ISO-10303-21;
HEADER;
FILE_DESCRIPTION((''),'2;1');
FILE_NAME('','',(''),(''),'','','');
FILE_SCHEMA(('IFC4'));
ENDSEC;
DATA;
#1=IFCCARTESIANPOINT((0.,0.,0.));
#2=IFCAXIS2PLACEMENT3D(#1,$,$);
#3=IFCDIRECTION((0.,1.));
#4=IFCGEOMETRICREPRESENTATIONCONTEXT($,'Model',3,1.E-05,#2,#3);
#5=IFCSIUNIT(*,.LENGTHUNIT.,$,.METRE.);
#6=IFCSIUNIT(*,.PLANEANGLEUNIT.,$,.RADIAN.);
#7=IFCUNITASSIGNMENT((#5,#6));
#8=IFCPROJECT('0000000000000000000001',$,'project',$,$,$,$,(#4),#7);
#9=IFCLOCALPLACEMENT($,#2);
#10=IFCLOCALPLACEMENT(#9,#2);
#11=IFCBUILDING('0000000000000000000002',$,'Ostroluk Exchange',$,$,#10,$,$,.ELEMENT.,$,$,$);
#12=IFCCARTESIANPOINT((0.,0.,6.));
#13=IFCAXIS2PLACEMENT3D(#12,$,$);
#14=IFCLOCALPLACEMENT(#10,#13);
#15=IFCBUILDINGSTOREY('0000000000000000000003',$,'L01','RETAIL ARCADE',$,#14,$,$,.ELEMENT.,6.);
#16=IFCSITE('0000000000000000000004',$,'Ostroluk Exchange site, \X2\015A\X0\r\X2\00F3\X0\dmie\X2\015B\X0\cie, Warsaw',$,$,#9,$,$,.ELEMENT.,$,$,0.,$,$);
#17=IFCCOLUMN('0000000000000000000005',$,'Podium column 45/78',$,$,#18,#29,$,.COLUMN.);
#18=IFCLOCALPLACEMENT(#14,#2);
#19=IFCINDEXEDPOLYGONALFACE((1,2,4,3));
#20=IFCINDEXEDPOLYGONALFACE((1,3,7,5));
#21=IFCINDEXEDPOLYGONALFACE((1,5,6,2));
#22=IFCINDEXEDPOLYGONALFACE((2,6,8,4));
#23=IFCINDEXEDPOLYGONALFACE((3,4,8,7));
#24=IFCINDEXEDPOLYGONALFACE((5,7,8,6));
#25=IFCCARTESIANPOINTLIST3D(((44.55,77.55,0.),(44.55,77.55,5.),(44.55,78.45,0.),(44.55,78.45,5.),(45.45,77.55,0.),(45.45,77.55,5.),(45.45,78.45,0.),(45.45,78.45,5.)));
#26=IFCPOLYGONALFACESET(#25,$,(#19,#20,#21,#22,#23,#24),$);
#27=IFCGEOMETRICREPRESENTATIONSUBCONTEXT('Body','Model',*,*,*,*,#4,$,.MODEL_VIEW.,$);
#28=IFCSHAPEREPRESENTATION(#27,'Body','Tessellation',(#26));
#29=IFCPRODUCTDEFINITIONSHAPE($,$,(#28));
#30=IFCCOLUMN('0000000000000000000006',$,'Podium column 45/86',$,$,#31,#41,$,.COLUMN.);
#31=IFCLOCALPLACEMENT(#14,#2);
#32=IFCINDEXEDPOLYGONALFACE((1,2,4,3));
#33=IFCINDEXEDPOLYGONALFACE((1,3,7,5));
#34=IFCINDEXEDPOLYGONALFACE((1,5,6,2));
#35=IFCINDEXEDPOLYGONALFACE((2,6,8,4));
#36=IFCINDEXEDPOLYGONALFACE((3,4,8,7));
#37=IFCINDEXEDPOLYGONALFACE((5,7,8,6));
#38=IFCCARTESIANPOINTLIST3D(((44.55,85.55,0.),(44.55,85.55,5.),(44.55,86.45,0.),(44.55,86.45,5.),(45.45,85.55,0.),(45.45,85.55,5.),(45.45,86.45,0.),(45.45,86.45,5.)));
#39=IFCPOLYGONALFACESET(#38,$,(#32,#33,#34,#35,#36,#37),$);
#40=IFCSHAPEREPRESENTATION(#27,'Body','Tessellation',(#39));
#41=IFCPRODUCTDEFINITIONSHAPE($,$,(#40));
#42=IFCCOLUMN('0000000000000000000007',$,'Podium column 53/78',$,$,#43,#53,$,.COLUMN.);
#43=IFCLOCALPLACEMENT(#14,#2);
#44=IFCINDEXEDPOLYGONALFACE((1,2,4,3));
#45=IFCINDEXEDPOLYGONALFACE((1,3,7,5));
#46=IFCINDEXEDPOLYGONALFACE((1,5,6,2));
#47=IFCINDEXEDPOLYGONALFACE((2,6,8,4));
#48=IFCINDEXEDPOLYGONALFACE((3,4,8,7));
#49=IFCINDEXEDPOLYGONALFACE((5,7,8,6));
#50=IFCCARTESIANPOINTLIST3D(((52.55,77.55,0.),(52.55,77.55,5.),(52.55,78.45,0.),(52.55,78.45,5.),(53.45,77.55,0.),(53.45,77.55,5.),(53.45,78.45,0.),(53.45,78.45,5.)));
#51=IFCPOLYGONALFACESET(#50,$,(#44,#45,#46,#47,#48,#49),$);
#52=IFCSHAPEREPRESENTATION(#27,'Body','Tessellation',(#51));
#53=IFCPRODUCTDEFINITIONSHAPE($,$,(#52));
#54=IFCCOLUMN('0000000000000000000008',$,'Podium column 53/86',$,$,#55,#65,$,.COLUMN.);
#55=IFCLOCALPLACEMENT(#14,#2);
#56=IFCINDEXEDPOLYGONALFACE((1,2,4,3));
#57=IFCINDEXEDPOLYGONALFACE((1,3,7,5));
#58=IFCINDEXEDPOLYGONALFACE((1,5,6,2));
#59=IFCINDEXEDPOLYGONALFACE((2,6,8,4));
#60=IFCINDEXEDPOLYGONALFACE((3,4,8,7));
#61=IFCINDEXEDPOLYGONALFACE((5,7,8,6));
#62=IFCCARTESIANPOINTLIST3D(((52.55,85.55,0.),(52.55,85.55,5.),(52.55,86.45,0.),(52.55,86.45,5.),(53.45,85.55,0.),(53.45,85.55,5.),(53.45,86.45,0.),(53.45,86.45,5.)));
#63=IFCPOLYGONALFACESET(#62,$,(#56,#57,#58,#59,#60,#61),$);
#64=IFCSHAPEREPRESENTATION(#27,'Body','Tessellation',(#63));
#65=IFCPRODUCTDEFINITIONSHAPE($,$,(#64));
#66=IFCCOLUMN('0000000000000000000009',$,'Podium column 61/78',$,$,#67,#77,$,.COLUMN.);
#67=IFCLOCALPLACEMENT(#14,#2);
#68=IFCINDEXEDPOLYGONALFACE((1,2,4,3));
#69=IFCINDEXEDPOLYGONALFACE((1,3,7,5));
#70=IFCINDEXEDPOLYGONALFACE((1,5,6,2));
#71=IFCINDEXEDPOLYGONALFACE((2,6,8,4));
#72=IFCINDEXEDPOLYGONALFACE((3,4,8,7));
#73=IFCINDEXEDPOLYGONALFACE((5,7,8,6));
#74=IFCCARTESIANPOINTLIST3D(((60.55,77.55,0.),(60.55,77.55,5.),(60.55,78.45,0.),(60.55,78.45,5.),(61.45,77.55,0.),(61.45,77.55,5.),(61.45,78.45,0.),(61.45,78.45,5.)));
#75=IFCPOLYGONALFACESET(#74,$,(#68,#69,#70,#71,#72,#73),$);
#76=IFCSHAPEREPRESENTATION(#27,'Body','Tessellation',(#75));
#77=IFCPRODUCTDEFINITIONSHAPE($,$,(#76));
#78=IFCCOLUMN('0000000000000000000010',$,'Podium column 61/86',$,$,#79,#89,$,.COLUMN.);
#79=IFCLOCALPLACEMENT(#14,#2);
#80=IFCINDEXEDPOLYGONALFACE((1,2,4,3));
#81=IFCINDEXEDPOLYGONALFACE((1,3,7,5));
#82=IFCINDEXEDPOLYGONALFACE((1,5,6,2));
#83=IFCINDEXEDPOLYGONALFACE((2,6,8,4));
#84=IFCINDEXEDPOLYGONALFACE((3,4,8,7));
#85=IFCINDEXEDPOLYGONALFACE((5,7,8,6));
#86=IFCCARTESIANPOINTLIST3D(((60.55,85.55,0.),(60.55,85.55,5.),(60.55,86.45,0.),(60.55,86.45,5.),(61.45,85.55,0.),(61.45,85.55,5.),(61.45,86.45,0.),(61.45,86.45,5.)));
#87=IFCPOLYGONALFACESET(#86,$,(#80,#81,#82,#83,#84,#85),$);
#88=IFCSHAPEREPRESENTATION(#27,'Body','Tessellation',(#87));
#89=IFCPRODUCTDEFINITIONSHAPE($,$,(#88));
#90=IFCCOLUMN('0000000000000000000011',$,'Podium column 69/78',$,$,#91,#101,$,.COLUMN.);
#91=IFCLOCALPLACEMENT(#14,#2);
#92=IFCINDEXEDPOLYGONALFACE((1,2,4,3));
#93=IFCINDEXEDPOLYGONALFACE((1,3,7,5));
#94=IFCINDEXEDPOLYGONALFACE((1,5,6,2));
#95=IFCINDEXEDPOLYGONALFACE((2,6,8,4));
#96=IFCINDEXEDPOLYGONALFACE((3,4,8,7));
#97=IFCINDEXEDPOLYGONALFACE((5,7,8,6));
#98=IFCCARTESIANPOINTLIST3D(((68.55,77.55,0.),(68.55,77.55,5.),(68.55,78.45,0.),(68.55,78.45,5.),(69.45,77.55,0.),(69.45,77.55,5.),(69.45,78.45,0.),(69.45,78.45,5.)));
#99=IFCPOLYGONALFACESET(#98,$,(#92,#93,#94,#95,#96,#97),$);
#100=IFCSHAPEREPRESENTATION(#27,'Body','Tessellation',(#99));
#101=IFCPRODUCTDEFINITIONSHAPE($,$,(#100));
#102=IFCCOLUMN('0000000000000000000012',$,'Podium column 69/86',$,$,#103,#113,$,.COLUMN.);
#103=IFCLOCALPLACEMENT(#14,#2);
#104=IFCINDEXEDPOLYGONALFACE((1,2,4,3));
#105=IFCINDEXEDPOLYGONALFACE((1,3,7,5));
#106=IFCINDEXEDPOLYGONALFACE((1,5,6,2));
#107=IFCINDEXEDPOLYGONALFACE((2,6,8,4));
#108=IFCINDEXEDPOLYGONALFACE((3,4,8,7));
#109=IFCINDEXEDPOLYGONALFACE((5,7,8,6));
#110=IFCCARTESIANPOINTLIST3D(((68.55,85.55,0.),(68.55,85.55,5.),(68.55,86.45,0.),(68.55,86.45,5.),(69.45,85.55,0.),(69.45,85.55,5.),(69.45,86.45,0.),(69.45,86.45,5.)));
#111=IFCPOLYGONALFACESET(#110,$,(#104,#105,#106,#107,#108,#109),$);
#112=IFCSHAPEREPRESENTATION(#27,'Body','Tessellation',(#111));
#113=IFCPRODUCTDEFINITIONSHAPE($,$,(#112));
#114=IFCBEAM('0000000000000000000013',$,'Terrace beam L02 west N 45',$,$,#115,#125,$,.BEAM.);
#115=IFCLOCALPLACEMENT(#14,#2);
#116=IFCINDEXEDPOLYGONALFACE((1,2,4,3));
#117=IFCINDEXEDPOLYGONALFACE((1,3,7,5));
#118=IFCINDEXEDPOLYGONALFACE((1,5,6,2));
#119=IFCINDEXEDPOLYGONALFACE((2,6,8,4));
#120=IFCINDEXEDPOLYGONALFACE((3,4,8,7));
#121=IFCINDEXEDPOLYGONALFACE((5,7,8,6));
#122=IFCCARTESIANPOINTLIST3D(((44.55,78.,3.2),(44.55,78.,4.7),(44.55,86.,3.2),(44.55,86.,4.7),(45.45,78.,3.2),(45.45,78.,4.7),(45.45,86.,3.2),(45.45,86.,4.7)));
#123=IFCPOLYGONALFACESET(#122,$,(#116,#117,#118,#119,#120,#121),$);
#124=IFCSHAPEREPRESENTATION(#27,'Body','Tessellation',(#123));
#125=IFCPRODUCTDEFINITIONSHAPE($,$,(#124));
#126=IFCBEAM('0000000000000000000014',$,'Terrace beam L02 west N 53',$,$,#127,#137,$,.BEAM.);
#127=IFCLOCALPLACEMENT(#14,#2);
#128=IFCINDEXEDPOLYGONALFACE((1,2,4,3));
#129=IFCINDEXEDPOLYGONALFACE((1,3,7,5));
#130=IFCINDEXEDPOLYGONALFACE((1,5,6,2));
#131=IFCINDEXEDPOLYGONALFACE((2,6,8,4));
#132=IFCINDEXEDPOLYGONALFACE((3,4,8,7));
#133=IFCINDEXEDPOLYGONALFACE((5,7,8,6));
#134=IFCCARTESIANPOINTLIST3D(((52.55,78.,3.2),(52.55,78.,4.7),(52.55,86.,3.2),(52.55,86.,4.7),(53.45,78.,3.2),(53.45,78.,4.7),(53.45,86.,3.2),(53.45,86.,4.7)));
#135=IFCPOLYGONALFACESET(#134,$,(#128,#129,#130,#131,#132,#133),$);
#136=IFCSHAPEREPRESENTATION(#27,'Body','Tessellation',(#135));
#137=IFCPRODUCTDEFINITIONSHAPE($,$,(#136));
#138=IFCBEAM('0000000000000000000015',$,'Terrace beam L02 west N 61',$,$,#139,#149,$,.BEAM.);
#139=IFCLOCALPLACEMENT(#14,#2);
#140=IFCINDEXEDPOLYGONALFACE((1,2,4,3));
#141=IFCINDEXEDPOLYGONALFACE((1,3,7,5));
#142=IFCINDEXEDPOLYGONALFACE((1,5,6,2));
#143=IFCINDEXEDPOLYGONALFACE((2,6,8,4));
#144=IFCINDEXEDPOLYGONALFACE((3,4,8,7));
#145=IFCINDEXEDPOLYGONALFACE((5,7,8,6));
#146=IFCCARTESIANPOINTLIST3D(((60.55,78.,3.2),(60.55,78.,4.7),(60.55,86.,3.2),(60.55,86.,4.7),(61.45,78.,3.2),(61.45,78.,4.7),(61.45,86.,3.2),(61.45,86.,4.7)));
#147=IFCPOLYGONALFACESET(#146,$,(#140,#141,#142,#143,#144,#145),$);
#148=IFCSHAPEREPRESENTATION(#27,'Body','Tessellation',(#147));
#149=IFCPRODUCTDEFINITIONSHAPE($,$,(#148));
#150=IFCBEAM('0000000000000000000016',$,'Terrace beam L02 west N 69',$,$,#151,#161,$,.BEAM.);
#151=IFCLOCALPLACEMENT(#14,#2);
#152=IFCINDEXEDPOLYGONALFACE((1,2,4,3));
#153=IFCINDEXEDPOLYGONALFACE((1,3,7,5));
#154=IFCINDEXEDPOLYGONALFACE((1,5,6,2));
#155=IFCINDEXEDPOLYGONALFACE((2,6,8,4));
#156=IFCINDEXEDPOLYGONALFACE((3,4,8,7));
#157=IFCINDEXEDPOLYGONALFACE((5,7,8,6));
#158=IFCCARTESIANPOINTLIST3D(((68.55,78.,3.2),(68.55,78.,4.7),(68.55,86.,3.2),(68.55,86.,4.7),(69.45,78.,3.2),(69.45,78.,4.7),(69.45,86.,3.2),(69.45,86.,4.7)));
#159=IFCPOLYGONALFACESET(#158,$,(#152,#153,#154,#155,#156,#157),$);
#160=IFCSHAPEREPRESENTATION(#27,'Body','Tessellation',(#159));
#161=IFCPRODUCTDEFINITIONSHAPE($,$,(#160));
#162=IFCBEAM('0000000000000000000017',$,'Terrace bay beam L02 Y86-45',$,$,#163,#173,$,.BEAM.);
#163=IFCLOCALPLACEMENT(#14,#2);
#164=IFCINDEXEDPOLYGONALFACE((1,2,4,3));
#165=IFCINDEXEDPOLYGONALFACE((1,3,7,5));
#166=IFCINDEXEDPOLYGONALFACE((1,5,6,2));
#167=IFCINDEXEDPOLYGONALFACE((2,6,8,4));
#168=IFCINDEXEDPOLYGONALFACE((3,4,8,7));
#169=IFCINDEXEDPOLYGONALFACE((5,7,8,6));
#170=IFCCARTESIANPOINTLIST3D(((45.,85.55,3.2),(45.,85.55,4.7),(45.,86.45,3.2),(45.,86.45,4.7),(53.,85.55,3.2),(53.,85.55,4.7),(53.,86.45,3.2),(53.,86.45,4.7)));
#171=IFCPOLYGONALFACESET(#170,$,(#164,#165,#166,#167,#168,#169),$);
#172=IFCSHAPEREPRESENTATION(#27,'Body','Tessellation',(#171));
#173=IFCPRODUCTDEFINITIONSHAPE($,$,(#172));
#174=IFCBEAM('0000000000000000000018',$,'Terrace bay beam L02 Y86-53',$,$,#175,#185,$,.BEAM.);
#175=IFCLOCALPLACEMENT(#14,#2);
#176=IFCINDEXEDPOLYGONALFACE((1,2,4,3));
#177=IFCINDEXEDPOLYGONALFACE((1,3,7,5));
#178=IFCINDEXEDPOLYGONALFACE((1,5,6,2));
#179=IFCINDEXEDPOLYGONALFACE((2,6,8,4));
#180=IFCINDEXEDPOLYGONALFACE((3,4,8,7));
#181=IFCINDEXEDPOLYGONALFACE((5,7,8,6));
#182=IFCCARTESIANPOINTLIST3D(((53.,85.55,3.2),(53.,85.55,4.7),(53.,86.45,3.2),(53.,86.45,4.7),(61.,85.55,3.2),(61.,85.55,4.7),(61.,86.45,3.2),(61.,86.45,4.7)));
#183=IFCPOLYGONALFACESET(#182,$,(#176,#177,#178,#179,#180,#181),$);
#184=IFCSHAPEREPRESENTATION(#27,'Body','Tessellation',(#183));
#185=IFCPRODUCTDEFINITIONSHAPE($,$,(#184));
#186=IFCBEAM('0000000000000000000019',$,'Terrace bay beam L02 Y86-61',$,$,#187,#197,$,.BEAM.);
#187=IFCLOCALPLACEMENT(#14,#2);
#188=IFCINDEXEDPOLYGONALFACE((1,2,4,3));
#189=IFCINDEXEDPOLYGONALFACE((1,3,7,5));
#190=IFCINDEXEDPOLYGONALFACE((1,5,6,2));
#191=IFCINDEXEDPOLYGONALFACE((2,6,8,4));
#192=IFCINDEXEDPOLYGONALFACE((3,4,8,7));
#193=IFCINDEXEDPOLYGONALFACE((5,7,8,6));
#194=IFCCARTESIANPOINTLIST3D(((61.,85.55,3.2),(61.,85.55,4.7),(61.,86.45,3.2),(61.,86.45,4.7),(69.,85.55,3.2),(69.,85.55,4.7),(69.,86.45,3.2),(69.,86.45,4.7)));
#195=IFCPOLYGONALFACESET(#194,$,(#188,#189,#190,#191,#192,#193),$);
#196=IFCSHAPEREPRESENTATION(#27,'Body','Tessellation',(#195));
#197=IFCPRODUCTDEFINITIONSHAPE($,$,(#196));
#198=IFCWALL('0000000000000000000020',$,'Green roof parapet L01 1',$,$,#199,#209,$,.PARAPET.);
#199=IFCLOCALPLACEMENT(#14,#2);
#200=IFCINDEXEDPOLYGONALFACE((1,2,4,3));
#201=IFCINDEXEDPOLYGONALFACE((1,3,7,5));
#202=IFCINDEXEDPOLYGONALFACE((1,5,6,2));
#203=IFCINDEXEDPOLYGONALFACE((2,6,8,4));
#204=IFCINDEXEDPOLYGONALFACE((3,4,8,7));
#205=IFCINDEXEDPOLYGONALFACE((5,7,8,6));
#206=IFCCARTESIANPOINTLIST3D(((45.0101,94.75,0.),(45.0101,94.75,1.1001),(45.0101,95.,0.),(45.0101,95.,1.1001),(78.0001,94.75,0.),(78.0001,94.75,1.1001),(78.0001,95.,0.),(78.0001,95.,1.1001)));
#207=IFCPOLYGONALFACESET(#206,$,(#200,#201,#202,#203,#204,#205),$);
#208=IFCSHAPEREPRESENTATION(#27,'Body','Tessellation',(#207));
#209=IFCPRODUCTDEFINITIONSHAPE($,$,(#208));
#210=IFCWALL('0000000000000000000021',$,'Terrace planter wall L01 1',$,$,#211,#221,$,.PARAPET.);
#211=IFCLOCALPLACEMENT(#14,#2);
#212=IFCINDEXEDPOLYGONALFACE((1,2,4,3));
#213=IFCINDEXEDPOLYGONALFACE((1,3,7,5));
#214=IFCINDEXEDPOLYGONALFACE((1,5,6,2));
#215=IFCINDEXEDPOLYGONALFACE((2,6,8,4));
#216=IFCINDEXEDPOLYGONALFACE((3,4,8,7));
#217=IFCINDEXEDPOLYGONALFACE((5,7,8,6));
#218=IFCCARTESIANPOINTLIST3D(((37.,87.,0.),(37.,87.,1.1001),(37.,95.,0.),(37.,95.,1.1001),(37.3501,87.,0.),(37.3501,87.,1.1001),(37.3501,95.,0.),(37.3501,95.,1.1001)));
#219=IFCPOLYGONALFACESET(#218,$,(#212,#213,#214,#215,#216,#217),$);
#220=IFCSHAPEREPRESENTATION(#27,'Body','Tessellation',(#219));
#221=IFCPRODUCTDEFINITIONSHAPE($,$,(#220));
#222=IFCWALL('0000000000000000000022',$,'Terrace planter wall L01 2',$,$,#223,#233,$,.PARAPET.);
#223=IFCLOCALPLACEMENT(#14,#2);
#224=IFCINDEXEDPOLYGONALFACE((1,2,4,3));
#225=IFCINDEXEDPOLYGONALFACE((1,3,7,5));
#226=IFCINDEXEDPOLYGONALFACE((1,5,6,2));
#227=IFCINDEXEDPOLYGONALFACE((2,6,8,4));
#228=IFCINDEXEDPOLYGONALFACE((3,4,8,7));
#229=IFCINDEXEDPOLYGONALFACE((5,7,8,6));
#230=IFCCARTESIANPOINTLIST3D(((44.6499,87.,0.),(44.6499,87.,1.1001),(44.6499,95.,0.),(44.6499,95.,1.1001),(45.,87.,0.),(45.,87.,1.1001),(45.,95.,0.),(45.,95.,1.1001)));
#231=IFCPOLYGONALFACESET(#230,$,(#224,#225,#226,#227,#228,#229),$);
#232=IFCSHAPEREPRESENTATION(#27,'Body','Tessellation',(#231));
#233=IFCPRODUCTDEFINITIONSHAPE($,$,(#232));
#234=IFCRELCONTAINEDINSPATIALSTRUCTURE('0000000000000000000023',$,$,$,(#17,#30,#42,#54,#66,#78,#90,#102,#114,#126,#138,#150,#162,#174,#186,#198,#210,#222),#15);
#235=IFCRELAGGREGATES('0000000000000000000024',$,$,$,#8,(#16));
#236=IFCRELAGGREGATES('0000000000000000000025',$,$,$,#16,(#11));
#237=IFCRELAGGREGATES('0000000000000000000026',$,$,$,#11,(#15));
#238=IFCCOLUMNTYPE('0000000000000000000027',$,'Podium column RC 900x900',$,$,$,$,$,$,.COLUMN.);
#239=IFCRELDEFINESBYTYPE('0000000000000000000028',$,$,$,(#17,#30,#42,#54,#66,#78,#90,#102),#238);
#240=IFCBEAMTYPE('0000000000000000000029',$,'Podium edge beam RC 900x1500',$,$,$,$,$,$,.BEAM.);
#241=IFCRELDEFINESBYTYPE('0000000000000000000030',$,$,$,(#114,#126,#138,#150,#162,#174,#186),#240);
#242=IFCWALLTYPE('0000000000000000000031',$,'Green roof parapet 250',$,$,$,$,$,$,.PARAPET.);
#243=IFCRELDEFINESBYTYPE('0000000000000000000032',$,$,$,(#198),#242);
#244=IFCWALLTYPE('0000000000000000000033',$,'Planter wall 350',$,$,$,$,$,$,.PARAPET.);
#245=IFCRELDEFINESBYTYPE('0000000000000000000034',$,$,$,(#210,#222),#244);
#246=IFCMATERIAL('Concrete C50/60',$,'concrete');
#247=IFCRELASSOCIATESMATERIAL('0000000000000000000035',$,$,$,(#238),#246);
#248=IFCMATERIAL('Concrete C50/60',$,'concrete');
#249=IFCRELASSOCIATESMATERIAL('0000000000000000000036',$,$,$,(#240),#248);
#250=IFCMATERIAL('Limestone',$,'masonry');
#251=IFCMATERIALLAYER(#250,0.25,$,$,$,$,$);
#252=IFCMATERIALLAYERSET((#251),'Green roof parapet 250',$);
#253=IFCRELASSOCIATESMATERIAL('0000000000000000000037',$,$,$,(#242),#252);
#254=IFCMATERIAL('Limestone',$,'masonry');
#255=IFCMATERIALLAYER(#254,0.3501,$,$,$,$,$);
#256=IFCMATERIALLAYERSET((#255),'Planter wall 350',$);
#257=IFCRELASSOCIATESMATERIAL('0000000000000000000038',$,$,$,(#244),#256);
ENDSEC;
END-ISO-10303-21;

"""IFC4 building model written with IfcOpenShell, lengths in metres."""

from ifc_helpers import new_model, si_unit, direction, frame, frame_2d, origin, origin_2d, place, context, subcontext, project, spatial, rectangle, extrude, material, layer, layer_set, material_profile, profile_set, type_object, element, save


model = new_model("IFC4")

# Units and contexts
model_context = context("Model", 3, precision=1e-05, world=origin(), true_north=direction((0.0, 1.0)))
body_context = subcontext(model_context, "Body", "Model", "MODEL_VIEW")
ifc_project = project(units=[si_unit("LENGTHUNIT", "METRE"), si_unit("PLANEANGLEUNIT", "RADIAN")], contexts=[model_context])

# Site, building, storey
site_placement = place(None, origin())
site = spatial("IfcSite", under=ifc_project, at=site_placement, Name="Ostroluk Exchange site, Śródmieście, Warsaw", CompositionType="ELEMENT", RefElevation=0.0)
building_placement = place(site_placement, origin())
building = spatial("IfcBuilding", under=site, at=building_placement, Name="Ostroluk Exchange", CompositionType="ELEMENT")
storey_placement = place(building_placement, frame((0.0, 0.0, 6.0)))
storey = spatial("IfcBuildingStorey", under=building, at=storey_placement, Name="L01", Description="RETAIL ARCADE", CompositionType="ELEMENT", Elevation=6.0)

# Columns
ifc_material_1 = material(Name="Concrete C50/60", Category="concrete")
ifc_material_profile_1 = material_profile(ifc_material_1, rectangle(XDim=0.8999, YDim=0.8999, at=origin_2d()), Name="RC 900x900")
ifc_profile_set_1 = profile_set([ifc_material_profile_1], Name="Concrete C50/60")
column_type = type_object("IfcColumnType", Name="Podium column RC 900x900", PredefinedType="COLUMN", material=ifc_profile_set_1)
for number, where, z_axis, x_axis, name in (
    (1, (45.0, 78.0, 0.0), (0.0, 0.0, 1.0), (1.0, 0.0, 0.0), "Podium column 45/78"),
    (2, (45.0, 86.0, 0.0), (0.0, 0.0, 1.0), (1.0, 0.0, 0.0), "Podium column 45/86"),
    (3, (53.0, 78.0, 0.0), (0.0, 0.0, 1.0), (1.0, 0.0, 0.0), "Podium column 53/78"),
    (4, (53.0, 86.0, 0.0), (0.0, 0.0, 1.0), (1.0, 0.0, 0.0), "Podium column 53/86"),
    (5, (61.0, 78.0, 0.0), (0.0, 0.0, 1.0), (1.0, 0.0, 0.0), "Podium column 61/78"),
    (6, (61.0, 86.0, 0.0), (0.0, 0.0, 1.0), (1.0, 0.0, 0.0), "Podium column 61/86"),
    (7, (69.0, 78.0, 0.0), (0.0, 0.0, 1.0), (1.0, 0.0, 0.0), "Podium column 69/78"),
    (8, (69.0, 86.0, 0.0), (0.0, 0.0, 1.0), (1.0, 0.0, 0.0), "Podium column 69/86"),
):
    element("IfcColumn", number, at=place(storey_placement, frame(where, z_axis=z_axis, x_axis=x_axis)), inside=storey, type_object=column_type, Name=name, PredefinedType="COLUMN", context=body_context, shape_type="SweptSolid", body=[
        extrude(rectangle(XDim=0.8999, YDim=0.8999, at=origin_2d()), origin(), (0.0, 0.0, 1.0), 5.0),
    ])

# Beams
ifc_material_2 = material(Name="Concrete C50/60", Category="concrete")
ifc_material_profile_2 = material_profile(ifc_material_2, rectangle(XDim=0.8999, YDim=1.5, at=origin_2d()), Name="RC 900x1500")
ifc_profile_set_2 = profile_set([ifc_material_profile_2], Name="Concrete C50/60")
beam_type = type_object("IfcBeamType", Name="Podium edge beam RC 900x1500", PredefinedType="BEAM", material=ifc_profile_set_2)
for number, where, z_axis, x_axis, name in (
    (9, (45.0, 86.0, 3.95), (0.0, -1.0, 0.0), (1.0, 0.0, 0.0), "Terrace beam L02 west N 45"),
    (10, (53.0, 86.0, 3.95), (0.0, -1.0, 0.0), (1.0, 0.0, 0.0), "Terrace beam L02 west N 53"),
    (11, (61.0, 86.0, 3.95), (0.0, -1.0, 0.0), (1.0, 0.0, 0.0), "Terrace beam L02 west N 61"),
    (12, (69.0, 86.0, 3.95), (0.0, -1.0, 0.0), (1.0, 0.0, 0.0), "Terrace beam L02 west N 69"),
    (13, (45.0, 86.0, 3.95), (1.0, 0.0, 0.0), (0.0, 1.0, 0.0), "Terrace bay beam L02 Y86-45"),
    (14, (53.0, 86.0, 3.95), (1.0, 0.0, 0.0), (0.0, 1.0, 0.0), "Terrace bay beam L02 Y86-53"),
    (15, (61.0, 86.0, 3.95), (1.0, 0.0, 0.0), (0.0, 1.0, 0.0), "Terrace bay beam L02 Y86-61"),
):
    element("IfcBeam", number, at=place(storey_placement, frame(where, z_axis=z_axis, x_axis=x_axis)), inside=storey, type_object=beam_type, Name=name, PredefinedType="BEAM", context=body_context, shape_type="SweptSolid", body=[
        extrude(rectangle(XDim=0.8999, YDim=1.5, at=origin_2d()), origin(), (0.0, 0.0, 1.0), 8.0),
    ])

# Walls
ifc_material_3 = material(Name="Limestone", Category="masonry")
ifc_layer_1 = layer(ifc_material_3, 0.25)
ifc_layer_set_1 = layer_set([ifc_layer_1], Name="Green roof parapet 250")
wall_type_1 = type_object("IfcWallType", Name="Green roof parapet 250", PredefinedType="PARAPET", material=ifc_layer_set_1)
wall_placement = place(storey_placement, frame((45.01, 94.875, 0.0), z_axis=(0.0, 0.0, 1.0), x_axis=(1.0, 0.0, 0.0)))
element("IfcWall", 16, at=wall_placement, inside=storey, type_object=wall_type_1, Name="Green roof parapet L01 1", PredefinedType="PARAPET", context=body_context, shape_type="SweptSolid", body=[
    extrude(rectangle(XDim=32.99, YDim=0.25, at=frame_2d((16.4951, 0.0))), origin(), (0.0, 0.0, 1.0), 1.1001),
])
ifc_material_4 = material(Name="Limestone", Category="masonry")
ifc_layer_2 = layer(ifc_material_4, 0.3501)
ifc_layer_set_2 = layer_set([ifc_layer_2], Name="Planter wall 350")
wall_type_2 = type_object("IfcWallType", Name="Planter wall 350", PredefinedType="PARAPET", material=ifc_layer_set_2)
for number, where, z_axis, x_axis, name in (
    (17, (37.175, 87.0, 0.0), (0.0, 0.0, 1.0), (0.0, 1.0, 0.0), "Terrace planter wall L01 1"),
    (18, (44.825, 87.0, 0.0), (0.0, 0.0, 1.0), (0.0, 1.0, 0.0), "Terrace planter wall L01 2"),
):
    element("IfcWall", number, at=place(storey_placement, frame(where, z_axis=z_axis, x_axis=x_axis)), inside=storey, type_object=wall_type_2, Name=name, PredefinedType="PARAPET", context=body_context, shape_type="SweptSolid", body=[
        extrude(rectangle(XDim=8.0, YDim=0.3501, at=frame_2d((4.0, 0.0))), origin(), (0.0, 0.0, 1.0), 1.1001),
    ])

save(model, "model.ifc")
